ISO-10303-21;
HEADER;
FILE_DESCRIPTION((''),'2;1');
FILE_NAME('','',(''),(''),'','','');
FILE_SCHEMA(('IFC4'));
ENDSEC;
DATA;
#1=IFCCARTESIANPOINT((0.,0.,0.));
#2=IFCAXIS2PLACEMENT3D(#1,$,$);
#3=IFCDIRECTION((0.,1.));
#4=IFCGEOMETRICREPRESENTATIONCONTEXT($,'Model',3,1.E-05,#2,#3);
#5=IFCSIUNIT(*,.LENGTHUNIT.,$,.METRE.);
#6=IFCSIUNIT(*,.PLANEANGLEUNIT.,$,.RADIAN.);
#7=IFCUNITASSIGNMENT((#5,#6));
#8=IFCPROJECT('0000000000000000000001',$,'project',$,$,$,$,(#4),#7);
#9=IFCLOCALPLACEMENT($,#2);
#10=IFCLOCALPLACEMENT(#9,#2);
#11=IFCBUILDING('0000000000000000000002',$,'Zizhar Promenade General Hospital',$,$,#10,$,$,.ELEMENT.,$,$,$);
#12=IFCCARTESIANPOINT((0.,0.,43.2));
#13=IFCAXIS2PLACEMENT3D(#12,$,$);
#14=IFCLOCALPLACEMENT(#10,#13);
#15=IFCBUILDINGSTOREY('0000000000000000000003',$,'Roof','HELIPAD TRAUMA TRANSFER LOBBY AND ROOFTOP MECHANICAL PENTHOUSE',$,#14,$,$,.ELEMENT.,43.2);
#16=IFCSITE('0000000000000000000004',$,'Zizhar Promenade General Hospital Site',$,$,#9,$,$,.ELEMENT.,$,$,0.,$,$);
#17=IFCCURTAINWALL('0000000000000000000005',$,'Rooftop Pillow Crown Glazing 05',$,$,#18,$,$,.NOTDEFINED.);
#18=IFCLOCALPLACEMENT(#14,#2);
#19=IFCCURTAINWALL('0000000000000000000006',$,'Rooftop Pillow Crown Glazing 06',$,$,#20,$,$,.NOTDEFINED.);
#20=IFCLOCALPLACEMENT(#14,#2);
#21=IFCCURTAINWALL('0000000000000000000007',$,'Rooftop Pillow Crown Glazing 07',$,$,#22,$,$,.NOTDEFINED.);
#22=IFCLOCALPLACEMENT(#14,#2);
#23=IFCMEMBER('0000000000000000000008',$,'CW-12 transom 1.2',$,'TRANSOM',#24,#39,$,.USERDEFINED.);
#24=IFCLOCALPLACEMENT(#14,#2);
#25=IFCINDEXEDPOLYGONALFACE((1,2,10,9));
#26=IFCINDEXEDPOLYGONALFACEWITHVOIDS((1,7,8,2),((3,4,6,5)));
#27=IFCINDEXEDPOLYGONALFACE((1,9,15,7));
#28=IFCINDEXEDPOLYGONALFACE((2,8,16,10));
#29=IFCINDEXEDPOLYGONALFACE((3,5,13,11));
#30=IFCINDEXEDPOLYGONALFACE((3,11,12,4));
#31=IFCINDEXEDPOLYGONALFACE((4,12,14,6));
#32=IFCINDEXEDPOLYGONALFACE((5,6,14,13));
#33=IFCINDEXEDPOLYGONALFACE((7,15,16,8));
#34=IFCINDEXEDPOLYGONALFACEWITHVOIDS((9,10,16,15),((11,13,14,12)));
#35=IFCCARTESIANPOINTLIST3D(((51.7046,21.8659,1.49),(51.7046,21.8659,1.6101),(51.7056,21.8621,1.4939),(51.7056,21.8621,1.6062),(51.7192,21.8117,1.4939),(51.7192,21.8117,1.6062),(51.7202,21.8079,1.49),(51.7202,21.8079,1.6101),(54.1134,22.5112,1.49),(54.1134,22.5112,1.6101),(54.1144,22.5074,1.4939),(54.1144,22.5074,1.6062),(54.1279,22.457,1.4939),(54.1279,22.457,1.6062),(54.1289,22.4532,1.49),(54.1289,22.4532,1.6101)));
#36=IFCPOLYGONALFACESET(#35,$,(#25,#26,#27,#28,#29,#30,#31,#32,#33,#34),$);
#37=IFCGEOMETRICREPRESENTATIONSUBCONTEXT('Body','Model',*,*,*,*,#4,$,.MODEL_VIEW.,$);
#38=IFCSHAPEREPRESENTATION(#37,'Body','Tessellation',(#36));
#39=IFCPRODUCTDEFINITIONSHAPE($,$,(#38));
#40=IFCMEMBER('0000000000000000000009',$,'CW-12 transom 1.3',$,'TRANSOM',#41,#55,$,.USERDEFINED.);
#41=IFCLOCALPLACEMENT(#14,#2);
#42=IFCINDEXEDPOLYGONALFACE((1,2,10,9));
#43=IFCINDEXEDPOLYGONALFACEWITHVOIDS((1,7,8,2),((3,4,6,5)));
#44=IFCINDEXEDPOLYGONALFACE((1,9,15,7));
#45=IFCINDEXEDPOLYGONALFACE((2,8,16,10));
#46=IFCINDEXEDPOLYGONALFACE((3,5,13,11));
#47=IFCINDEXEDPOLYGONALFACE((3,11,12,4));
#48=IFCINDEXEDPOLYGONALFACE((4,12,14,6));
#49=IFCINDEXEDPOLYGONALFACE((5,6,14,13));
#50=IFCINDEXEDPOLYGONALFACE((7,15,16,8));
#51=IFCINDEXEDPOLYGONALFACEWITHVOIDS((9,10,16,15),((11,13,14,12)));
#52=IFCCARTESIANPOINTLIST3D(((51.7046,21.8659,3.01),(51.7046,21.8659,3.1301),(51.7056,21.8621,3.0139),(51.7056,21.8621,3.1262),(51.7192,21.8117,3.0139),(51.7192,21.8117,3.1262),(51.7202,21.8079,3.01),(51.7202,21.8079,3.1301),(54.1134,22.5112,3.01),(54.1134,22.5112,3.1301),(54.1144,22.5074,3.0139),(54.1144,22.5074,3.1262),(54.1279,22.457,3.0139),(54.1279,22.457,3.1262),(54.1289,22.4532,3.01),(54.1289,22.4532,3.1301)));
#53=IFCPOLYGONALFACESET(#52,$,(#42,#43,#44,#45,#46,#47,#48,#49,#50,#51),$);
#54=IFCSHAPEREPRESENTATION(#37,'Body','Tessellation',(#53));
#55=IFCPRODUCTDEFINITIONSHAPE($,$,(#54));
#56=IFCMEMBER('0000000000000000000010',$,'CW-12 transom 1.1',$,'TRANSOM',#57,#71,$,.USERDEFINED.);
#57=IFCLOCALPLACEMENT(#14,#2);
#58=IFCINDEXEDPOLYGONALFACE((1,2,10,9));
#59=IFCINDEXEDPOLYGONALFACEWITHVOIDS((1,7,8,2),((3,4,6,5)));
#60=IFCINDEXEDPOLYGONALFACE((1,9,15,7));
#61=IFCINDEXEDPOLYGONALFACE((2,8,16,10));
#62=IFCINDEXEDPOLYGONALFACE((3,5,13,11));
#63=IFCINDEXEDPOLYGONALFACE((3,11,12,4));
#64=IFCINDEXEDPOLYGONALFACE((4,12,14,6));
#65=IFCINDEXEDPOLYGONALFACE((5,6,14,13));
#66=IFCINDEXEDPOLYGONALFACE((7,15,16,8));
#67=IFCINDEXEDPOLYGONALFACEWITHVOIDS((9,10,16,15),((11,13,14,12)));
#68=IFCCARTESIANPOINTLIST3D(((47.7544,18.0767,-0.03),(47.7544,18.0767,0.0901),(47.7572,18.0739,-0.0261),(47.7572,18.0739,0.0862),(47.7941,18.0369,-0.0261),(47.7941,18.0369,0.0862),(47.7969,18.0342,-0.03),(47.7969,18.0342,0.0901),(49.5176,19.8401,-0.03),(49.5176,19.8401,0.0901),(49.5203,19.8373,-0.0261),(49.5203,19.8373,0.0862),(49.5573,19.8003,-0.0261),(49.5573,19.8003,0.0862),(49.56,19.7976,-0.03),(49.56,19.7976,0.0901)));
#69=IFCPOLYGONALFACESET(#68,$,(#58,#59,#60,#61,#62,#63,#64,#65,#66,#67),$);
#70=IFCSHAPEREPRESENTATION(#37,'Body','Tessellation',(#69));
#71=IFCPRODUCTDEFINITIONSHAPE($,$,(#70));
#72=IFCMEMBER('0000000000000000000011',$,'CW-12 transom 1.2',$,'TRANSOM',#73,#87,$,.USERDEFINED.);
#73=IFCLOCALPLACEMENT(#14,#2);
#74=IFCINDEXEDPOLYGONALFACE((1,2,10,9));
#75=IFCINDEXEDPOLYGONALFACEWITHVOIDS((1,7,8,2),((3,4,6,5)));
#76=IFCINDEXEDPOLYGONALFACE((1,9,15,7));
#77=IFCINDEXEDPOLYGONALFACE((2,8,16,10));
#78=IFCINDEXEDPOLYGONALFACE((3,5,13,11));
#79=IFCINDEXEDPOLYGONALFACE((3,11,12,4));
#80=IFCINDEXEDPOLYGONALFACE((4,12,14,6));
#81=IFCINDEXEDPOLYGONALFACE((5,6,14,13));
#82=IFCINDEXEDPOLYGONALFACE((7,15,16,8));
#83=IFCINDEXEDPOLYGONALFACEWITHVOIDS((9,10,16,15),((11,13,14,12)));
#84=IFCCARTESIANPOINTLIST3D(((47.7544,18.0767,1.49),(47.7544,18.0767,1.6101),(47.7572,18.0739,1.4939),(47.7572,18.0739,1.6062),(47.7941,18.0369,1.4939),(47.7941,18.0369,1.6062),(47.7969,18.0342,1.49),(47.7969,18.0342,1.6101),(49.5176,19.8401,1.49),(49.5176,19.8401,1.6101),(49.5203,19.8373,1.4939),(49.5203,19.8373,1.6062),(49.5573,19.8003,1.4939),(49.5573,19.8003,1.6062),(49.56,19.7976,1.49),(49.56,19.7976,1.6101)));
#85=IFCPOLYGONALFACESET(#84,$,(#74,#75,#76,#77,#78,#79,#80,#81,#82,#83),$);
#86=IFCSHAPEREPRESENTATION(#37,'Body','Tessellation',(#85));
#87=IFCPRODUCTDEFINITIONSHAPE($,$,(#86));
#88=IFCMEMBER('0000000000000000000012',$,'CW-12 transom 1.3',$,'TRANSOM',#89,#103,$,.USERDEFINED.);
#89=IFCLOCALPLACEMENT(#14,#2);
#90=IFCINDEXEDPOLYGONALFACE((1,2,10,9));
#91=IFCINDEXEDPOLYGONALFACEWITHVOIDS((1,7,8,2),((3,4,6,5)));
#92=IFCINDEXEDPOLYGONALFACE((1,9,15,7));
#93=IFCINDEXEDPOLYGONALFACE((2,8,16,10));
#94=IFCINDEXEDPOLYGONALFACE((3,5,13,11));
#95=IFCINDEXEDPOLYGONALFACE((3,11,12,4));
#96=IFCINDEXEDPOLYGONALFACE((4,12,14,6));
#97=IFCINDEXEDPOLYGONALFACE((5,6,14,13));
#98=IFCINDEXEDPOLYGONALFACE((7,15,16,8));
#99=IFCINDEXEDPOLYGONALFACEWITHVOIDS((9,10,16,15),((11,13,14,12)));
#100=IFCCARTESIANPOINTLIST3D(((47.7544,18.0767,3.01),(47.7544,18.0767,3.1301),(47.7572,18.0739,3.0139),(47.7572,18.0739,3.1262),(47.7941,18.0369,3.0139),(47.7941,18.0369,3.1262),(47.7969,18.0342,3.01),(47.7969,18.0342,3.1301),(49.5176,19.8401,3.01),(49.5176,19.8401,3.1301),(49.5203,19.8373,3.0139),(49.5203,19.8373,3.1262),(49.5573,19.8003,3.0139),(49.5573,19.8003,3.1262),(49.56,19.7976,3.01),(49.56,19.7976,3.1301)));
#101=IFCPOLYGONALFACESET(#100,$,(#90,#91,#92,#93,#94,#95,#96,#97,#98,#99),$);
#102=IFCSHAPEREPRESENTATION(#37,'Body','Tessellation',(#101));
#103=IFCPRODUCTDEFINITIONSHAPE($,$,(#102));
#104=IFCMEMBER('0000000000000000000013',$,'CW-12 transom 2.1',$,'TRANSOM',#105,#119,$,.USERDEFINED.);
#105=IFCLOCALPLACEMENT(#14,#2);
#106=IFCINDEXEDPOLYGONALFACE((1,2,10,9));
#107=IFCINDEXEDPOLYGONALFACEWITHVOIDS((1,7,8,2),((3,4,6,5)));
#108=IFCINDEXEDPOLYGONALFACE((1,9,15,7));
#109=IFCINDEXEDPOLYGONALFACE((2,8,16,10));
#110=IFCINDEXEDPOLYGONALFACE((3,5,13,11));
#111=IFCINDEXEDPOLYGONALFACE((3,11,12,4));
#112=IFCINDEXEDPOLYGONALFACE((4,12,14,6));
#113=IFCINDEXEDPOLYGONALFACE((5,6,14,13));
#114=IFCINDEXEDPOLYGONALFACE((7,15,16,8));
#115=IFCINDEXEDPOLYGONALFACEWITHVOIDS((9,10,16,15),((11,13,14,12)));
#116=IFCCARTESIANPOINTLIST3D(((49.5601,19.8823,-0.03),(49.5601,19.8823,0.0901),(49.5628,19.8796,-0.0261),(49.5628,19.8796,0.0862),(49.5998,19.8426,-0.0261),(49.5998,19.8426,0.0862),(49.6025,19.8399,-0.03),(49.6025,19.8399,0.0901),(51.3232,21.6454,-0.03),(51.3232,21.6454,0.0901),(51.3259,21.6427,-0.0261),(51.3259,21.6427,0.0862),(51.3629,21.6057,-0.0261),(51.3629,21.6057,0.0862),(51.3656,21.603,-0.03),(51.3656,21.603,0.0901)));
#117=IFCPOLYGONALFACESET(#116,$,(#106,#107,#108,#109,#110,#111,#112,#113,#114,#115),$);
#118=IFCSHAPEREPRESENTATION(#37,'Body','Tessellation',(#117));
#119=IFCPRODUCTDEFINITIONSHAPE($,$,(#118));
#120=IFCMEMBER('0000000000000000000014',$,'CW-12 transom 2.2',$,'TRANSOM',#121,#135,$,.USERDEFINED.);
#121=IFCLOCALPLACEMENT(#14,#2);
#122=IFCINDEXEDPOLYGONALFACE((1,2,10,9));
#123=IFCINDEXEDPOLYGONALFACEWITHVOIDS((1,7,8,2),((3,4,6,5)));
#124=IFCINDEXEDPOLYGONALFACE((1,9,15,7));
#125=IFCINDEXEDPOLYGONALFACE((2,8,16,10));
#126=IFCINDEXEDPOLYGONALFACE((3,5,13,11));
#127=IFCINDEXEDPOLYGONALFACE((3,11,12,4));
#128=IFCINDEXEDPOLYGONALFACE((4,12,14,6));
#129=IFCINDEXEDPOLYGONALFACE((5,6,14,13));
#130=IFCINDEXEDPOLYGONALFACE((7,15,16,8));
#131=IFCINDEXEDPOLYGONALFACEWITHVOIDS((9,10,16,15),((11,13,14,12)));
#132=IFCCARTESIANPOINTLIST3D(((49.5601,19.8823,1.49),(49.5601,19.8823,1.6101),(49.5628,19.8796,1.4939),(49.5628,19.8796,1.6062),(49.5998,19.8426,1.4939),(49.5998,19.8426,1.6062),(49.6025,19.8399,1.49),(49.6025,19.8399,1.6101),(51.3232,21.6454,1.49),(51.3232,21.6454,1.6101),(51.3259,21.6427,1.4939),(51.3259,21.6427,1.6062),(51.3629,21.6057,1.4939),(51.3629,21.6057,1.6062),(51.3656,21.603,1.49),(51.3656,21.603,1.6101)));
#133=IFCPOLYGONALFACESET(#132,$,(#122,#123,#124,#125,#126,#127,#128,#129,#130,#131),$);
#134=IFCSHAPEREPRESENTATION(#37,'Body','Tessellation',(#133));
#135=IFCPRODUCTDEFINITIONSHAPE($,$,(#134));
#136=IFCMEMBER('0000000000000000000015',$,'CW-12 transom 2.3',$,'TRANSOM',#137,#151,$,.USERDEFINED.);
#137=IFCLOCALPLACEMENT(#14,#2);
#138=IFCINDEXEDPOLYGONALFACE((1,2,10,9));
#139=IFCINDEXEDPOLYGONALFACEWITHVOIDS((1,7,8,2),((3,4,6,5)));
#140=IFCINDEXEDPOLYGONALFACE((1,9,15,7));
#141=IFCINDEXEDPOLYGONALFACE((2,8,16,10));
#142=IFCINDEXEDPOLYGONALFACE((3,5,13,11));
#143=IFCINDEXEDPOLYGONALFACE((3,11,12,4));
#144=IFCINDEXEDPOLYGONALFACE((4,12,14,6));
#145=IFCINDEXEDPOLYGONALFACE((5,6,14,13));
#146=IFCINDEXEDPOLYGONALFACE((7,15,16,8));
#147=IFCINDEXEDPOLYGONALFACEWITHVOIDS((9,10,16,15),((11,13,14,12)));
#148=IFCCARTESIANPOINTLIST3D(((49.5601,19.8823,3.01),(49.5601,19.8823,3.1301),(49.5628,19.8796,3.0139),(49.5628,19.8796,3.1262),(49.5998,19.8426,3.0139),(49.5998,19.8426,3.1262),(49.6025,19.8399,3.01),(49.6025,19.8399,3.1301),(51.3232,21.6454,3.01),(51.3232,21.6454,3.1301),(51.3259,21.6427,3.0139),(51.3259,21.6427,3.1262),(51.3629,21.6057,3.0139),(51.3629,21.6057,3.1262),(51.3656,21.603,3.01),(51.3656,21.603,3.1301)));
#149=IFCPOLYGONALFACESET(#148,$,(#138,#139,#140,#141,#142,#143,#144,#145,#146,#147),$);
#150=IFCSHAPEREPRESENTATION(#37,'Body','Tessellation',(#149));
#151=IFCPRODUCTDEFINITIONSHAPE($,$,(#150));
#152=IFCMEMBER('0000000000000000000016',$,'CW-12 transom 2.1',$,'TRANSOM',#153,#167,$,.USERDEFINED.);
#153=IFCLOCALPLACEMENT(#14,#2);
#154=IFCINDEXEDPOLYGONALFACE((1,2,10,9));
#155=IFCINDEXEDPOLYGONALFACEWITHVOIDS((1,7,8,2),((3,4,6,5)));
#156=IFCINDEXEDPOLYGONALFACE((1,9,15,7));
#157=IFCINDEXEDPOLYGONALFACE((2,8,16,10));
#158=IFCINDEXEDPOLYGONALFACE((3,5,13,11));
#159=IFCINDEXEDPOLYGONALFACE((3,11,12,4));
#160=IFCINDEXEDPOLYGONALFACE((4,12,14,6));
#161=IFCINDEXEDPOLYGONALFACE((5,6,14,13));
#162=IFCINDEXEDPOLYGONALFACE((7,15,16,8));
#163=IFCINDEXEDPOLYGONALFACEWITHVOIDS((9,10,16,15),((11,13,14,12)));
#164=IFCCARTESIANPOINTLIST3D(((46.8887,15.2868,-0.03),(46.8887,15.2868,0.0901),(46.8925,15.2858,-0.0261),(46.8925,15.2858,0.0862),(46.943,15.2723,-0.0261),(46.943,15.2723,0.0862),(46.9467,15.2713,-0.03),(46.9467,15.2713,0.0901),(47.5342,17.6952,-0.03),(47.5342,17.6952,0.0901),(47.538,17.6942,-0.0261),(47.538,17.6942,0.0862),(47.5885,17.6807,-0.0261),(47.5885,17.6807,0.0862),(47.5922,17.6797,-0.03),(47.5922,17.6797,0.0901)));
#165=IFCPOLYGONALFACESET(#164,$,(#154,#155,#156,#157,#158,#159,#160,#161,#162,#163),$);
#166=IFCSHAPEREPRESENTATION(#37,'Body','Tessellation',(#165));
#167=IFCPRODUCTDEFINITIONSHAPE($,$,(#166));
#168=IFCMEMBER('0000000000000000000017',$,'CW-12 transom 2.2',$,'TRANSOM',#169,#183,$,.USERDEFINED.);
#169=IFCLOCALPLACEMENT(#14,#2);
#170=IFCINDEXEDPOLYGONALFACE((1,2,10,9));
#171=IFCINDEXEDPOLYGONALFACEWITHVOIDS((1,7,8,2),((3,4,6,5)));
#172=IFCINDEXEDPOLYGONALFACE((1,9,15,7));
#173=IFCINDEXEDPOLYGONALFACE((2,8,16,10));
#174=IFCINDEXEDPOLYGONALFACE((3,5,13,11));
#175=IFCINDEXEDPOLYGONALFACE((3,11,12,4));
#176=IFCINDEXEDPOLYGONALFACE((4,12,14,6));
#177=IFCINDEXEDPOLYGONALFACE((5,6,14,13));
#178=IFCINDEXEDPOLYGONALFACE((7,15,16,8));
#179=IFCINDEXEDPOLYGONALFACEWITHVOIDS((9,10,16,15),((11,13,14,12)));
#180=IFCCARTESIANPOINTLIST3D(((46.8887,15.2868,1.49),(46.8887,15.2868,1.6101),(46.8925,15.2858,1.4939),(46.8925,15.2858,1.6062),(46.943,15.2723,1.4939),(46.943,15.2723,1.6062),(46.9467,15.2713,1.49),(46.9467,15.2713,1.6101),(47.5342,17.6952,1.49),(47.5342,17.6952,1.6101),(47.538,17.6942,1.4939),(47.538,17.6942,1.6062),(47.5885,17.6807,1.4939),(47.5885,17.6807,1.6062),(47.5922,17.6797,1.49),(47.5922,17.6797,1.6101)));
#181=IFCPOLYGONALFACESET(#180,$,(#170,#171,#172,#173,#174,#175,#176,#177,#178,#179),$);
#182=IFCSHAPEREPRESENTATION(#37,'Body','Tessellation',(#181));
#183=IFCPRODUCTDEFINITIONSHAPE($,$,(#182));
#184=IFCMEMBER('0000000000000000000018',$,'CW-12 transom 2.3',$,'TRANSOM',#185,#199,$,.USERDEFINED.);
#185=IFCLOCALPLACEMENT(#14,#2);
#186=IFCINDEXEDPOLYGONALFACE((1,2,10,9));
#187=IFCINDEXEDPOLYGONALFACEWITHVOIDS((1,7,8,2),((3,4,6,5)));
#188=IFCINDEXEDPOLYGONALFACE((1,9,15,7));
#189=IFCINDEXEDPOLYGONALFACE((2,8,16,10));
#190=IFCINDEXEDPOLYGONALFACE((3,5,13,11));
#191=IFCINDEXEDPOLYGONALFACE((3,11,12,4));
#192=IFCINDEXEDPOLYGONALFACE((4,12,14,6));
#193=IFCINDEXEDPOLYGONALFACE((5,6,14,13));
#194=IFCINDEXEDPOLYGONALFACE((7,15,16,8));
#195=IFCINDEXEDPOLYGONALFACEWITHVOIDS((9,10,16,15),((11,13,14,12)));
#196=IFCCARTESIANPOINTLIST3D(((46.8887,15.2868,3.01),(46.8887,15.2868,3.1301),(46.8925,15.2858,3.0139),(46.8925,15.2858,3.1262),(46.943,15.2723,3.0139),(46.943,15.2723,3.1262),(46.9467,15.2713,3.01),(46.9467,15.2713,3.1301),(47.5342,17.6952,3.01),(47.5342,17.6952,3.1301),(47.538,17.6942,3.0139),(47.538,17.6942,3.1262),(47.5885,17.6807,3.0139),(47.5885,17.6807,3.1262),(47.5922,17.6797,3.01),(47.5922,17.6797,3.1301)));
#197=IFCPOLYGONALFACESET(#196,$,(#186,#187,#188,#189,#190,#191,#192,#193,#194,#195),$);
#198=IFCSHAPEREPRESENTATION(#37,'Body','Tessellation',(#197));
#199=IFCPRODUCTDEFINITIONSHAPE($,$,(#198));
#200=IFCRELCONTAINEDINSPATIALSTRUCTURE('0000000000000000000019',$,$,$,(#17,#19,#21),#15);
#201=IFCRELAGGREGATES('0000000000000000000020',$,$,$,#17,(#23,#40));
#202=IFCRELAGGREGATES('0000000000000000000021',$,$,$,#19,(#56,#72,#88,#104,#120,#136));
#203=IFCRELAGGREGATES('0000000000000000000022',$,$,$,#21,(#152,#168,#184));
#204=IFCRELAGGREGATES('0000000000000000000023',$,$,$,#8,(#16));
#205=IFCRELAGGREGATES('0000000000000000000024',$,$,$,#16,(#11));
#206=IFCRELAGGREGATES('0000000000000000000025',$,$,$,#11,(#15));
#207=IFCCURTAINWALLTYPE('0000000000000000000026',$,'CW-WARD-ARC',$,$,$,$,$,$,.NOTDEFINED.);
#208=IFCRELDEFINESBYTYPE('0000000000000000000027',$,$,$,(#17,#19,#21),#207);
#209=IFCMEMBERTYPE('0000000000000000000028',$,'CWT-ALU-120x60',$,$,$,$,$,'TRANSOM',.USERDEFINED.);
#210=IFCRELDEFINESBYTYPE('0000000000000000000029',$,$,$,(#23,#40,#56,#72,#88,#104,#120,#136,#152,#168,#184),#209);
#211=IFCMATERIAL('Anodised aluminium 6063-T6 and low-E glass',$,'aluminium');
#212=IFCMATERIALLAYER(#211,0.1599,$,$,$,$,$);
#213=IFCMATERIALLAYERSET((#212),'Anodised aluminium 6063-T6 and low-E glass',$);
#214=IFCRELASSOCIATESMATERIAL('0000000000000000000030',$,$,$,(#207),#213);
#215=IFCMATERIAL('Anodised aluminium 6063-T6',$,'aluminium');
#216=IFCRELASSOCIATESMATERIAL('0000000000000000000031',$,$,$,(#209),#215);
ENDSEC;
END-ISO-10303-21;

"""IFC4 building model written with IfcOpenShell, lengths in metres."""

from ifc_helpers import new_model, si_unit, direction, frame, origin, origin_2d, place, context, subcontext, project, spatial, hollow_rectangle, extrude, material, layer, layer_set, material_profile, profile_set, type_object, element, aggregate, save


model = new_model("IFC4")

# Units and contexts
model_context = context("Model", 3, precision=1e-05, world=origin(), true_north=direction((0.0, 1.0)))
body_context = subcontext(model_context, "Body", "Model", "MODEL_VIEW")
ifc_project = project(units=[si_unit("LENGTHUNIT", "METRE"), si_unit("PLANEANGLEUNIT", "RADIAN")], contexts=[model_context])

# Site, building, storey
site_placement = place(None, origin())
site = spatial("IfcSite", under=ifc_project, at=site_placement, Name="Zizhar Promenade General Hospital Site", CompositionType="ELEMENT", RefElevation=0.0)
building_placement = place(site_placement, origin())
building = spatial("IfcBuilding", under=site, at=building_placement, Name="Zizhar Promenade General Hospital", CompositionType="ELEMENT")
storey_placement = place(building_placement, frame((0.0, 0.0, 43.2)))
storey = spatial("IfcBuildingStorey", under=building, at=storey_placement, Name="Roof", Description="HELIPAD TRAUMA TRANSFER LOBBY AND ROOFTOP MECHANICAL PENTHOUSE", CompositionType="ELEMENT", Elevation=43.2)

# Curtain wall
ifc_material_1 = material(Name="Anodised aluminium 6063-T6 and low-E glass", Category="aluminium")
ifc_layer_1 = layer(ifc_material_1, 0.1599)
ifc_layer_set_1 = layer_set([ifc_layer_1], Name="Anodised aluminium 6063-T6 and low-E glass")
curtain_wall_type = type_object("IfcCurtainWallType", Name="CW-WARD-ARC", PredefinedType="NOTDEFINED", material=ifc_layer_set_1)
curtain_wall_1_placement = place(storey_placement, origin())
curtain_wall_1 = element("IfcCurtainWall", 1, at=curtain_wall_1_placement, inside=storey, type_object=curtain_wall_type, Name="Rooftop Pillow Crown Glazing 05", PredefinedType="NOTDEFINED")

# Curtain walls
curtain_wall_2_placement = place(storey_placement, origin())
curtain_wall_2 = element("IfcCurtainWall", 2, at=curtain_wall_2_placement, inside=storey, type_object=curtain_wall_type, Name="Rooftop Pillow Crown Glazing 06", PredefinedType="NOTDEFINED")
curtain_wall_3_placement = place(storey_placement, origin())
curtain_wall_3 = element("IfcCurtainWall", 3, at=curtain_wall_3_placement, inside=storey, type_object=curtain_wall_type, Name="Rooftop Pillow Crown Glazing 07", PredefinedType="NOTDEFINED")

# Members
ifc_material_2 = material(Name="Anodised aluminium 6063-T6", Category="aluminium")
ifc_material_profile_1 = material_profile(ifc_material_2, hollow_rectangle(XDim=0.0601, YDim=0.1201, WallThickness=0.0039, at=origin_2d()))
ifc_profile_set_1 = profile_set([ifc_material_profile_1], Name="Anodised aluminium 6063-T6")
member_type_1 = type_object("IfcMemberType", Name="CWT-ALU-120x60", ElementType="TRANSOM", PredefinedType="USERDEFINED", material=ifc_profile_set_1)
member_1_placement = place(storey_placement, frame((51.7124, 21.8369, 1.55), z_axis=(0.96594, 0.258765, 0.0), x_axis=(-0.258765, 0.96594, 0.0)))
member_1 = element("IfcMember", 4, at=member_1_placement, type_object=member_type_1, Name="CW-12 transom 1.2", ObjectType="TRANSOM", PredefinedType="USERDEFINED", context=body_context, shape_type="SweptSolid", body=[
    extrude(hollow_rectangle(XDim=0.0601, YDim=0.1201, WallThickness=0.0039, at=origin_2d()), origin(), (0.0, 0.0, 1.0), 2.4937),
])
member_2_placement = place(storey_placement, frame((51.7124, 21.8369, 3.0701), z_axis=(0.96594, 0.258765, 0.0), x_axis=(-0.258765, 0.96594, 0.0)))
member_2 = element("IfcMember", 5, at=member_2_placement, type_object=member_type_1, Name="CW-12 transom 1.3", ObjectType="TRANSOM", PredefinedType="USERDEFINED", context=body_context, shape_type="SweptSolid", body=[
    extrude(hollow_rectangle(XDim=0.0601, YDim=0.1201, WallThickness=0.0039, at=origin_2d()), origin(), (0.0, 0.0, 1.0), 2.4937),
])
member_3_placement = place(storey_placement, frame((47.7756, 18.0554, 0.03), z_axis=(0.707058, 0.707156, 0.0), x_axis=(-0.707156, 0.707058, 0.0)))
member_3 = element("IfcMember", 6, at=member_3_placement, type_object=member_type_1, Name="CW-12 transom 1.1", ObjectType="TRANSOM", PredefinedType="USERDEFINED", context=body_context, shape_type="SweptSolid", body=[
    extrude(hollow_rectangle(XDim=0.0601, YDim=0.1201, WallThickness=0.0039, at=origin_2d()), origin(), (0.0, 0.0, 1.0), 2.4937),
])
member_4_placement = place(storey_placement, frame((47.7756, 18.0554, 1.55), z_axis=(0.707058, 0.707156, 0.0), x_axis=(-0.707156, 0.707058, 0.0)))
member_4 = element("IfcMember", 7, at=member_4_placement, type_object=member_type_1, Name="CW-12 transom 1.2", ObjectType="TRANSOM", PredefinedType="USERDEFINED", context=body_context, shape_type="SweptSolid", body=[
    extrude(hollow_rectangle(XDim=0.0601, YDim=0.1201, WallThickness=0.0039, at=origin_2d()), origin(), (0.0, 0.0, 1.0), 2.4937),
])
member_5_placement = place(storey_placement, frame((47.7756, 18.0554, 3.0701), z_axis=(0.707058, 0.707156, 0.0), x_axis=(-0.707156, 0.707058, 0.0)))
member_5 = element("IfcMember", 8, at=member_5_placement, type_object=member_type_1, Name="CW-12 transom 1.3", ObjectType="TRANSOM", PredefinedType="USERDEFINED", context=body_context, shape_type="SweptSolid", body=[
    extrude(hollow_rectangle(XDim=0.0601, YDim=0.1201, WallThickness=0.0039, at=origin_2d()), origin(), (0.0, 0.0, 1.0), 2.4937),
])
member_6_placement = place(storey_placement, frame((49.5813, 19.8611, 0.03), z_axis=(0.707107, 0.707107, 0.0), x_axis=(-0.707107, 0.707107, 0.0)))
member_6 = element("IfcMember", 9, at=member_6_placement, type_object=member_type_1, Name="CW-12 transom 2.1", ObjectType="TRANSOM", PredefinedType="USERDEFINED", context=body_context, shape_type="SweptSolid", body=[
    extrude(hollow_rectangle(XDim=0.0601, YDim=0.1201, WallThickness=0.0039, at=origin_2d()), origin(), (0.0, 0.0, 1.0), 2.4934),
])
member_7_placement = place(storey_placement, frame((49.5813, 19.8611, 1.55), z_axis=(0.707107, 0.707107, 0.0), x_axis=(-0.707107, 0.707107, 0.0)))
member_7 = element("IfcMember", 10, at=member_7_placement, type_object=member_type_1, Name="CW-12 transom 2.2", ObjectType="TRANSOM", PredefinedType="USERDEFINED", context=body_context, shape_type="SweptSolid", body=[
    extrude(hollow_rectangle(XDim=0.0601, YDim=0.1201, WallThickness=0.0039, at=origin_2d()), origin(), (0.0, 0.0, 1.0), 2.4934),
])
member_8_placement = place(storey_placement, frame((49.5813, 19.8611, 3.0701), z_axis=(0.707107, 0.707107, 0.0), x_axis=(-0.707107, 0.707107, 0.0)))
member_8 = element("IfcMember", 11, at=member_8_placement, type_object=member_type_1, Name="CW-12 transom 2.3", ObjectType="TRANSOM", PredefinedType="USERDEFINED", context=body_context, shape_type="SweptSolid", body=[
    extrude(hollow_rectangle(XDim=0.0601, YDim=0.1201, WallThickness=0.0039, at=origin_2d()), origin(), (0.0, 0.0, 1.0), 2.4934),
])
member_9_placement = place(storey_placement, frame((46.9177, 15.2791, 0.03), z_axis=(0.258881, 0.965909, 0.0), x_axis=(-0.965909, 0.258881, 0.0)))
member_9 = element("IfcMember", 12, at=member_9_placement, type_object=member_type_1, Name="CW-12 transom 2.1", ObjectType="TRANSOM", PredefinedType="USERDEFINED", context=body_context, shape_type="SweptSolid", body=[
    extrude(hollow_rectangle(XDim=0.0601, YDim=0.1201, WallThickness=0.0039, at=origin_2d()), origin(), (0.0, 0.0, 1.0), 2.4934),
])
member_10_placement = place(storey_placement, frame((46.9177, 15.2791, 1.55), z_axis=(0.258881, 0.965909, 0.0), x_axis=(-0.965909, 0.258881, 0.0)))
member_10 = element("IfcMember", 13, at=member_10_placement, type_object=member_type_1, Name="CW-12 transom 2.2", ObjectType="TRANSOM", PredefinedType="USERDEFINED", context=body_context, shape_type="SweptSolid", body=[
    extrude(hollow_rectangle(XDim=0.0601, YDim=0.1201, WallThickness=0.0039, at=origin_2d()), origin(), (0.0, 0.0, 1.0), 2.4934),
])
member_11_placement = place(storey_placement, frame((46.9177, 15.2791, 3.0701), z_axis=(0.258881, 0.965909, 0.0), x_axis=(-0.965909, 0.258881, 0.0)))
member_11 = element("IfcMember", 14, at=member_11_placement, type_object=member_type_1, Name="CW-12 transom 2.3", ObjectType="TRANSOM", PredefinedType="USERDEFINED", context=body_context, shape_type="SweptSolid", body=[
    extrude(hollow_rectangle(XDim=0.0601, YDim=0.1201, WallThickness=0.0039, at=origin_2d()), origin(), (0.0, 0.0, 1.0), 2.4934),
])

aggregate(curtain_wall_1, [member_1, member_2])
aggregate(curtain_wall_2, [member_3, member_4, member_5, member_6, member_7, member_8])
aggregate(curtain_wall_3, [member_9, member_10, member_11])

save(model, "model.ifc")
